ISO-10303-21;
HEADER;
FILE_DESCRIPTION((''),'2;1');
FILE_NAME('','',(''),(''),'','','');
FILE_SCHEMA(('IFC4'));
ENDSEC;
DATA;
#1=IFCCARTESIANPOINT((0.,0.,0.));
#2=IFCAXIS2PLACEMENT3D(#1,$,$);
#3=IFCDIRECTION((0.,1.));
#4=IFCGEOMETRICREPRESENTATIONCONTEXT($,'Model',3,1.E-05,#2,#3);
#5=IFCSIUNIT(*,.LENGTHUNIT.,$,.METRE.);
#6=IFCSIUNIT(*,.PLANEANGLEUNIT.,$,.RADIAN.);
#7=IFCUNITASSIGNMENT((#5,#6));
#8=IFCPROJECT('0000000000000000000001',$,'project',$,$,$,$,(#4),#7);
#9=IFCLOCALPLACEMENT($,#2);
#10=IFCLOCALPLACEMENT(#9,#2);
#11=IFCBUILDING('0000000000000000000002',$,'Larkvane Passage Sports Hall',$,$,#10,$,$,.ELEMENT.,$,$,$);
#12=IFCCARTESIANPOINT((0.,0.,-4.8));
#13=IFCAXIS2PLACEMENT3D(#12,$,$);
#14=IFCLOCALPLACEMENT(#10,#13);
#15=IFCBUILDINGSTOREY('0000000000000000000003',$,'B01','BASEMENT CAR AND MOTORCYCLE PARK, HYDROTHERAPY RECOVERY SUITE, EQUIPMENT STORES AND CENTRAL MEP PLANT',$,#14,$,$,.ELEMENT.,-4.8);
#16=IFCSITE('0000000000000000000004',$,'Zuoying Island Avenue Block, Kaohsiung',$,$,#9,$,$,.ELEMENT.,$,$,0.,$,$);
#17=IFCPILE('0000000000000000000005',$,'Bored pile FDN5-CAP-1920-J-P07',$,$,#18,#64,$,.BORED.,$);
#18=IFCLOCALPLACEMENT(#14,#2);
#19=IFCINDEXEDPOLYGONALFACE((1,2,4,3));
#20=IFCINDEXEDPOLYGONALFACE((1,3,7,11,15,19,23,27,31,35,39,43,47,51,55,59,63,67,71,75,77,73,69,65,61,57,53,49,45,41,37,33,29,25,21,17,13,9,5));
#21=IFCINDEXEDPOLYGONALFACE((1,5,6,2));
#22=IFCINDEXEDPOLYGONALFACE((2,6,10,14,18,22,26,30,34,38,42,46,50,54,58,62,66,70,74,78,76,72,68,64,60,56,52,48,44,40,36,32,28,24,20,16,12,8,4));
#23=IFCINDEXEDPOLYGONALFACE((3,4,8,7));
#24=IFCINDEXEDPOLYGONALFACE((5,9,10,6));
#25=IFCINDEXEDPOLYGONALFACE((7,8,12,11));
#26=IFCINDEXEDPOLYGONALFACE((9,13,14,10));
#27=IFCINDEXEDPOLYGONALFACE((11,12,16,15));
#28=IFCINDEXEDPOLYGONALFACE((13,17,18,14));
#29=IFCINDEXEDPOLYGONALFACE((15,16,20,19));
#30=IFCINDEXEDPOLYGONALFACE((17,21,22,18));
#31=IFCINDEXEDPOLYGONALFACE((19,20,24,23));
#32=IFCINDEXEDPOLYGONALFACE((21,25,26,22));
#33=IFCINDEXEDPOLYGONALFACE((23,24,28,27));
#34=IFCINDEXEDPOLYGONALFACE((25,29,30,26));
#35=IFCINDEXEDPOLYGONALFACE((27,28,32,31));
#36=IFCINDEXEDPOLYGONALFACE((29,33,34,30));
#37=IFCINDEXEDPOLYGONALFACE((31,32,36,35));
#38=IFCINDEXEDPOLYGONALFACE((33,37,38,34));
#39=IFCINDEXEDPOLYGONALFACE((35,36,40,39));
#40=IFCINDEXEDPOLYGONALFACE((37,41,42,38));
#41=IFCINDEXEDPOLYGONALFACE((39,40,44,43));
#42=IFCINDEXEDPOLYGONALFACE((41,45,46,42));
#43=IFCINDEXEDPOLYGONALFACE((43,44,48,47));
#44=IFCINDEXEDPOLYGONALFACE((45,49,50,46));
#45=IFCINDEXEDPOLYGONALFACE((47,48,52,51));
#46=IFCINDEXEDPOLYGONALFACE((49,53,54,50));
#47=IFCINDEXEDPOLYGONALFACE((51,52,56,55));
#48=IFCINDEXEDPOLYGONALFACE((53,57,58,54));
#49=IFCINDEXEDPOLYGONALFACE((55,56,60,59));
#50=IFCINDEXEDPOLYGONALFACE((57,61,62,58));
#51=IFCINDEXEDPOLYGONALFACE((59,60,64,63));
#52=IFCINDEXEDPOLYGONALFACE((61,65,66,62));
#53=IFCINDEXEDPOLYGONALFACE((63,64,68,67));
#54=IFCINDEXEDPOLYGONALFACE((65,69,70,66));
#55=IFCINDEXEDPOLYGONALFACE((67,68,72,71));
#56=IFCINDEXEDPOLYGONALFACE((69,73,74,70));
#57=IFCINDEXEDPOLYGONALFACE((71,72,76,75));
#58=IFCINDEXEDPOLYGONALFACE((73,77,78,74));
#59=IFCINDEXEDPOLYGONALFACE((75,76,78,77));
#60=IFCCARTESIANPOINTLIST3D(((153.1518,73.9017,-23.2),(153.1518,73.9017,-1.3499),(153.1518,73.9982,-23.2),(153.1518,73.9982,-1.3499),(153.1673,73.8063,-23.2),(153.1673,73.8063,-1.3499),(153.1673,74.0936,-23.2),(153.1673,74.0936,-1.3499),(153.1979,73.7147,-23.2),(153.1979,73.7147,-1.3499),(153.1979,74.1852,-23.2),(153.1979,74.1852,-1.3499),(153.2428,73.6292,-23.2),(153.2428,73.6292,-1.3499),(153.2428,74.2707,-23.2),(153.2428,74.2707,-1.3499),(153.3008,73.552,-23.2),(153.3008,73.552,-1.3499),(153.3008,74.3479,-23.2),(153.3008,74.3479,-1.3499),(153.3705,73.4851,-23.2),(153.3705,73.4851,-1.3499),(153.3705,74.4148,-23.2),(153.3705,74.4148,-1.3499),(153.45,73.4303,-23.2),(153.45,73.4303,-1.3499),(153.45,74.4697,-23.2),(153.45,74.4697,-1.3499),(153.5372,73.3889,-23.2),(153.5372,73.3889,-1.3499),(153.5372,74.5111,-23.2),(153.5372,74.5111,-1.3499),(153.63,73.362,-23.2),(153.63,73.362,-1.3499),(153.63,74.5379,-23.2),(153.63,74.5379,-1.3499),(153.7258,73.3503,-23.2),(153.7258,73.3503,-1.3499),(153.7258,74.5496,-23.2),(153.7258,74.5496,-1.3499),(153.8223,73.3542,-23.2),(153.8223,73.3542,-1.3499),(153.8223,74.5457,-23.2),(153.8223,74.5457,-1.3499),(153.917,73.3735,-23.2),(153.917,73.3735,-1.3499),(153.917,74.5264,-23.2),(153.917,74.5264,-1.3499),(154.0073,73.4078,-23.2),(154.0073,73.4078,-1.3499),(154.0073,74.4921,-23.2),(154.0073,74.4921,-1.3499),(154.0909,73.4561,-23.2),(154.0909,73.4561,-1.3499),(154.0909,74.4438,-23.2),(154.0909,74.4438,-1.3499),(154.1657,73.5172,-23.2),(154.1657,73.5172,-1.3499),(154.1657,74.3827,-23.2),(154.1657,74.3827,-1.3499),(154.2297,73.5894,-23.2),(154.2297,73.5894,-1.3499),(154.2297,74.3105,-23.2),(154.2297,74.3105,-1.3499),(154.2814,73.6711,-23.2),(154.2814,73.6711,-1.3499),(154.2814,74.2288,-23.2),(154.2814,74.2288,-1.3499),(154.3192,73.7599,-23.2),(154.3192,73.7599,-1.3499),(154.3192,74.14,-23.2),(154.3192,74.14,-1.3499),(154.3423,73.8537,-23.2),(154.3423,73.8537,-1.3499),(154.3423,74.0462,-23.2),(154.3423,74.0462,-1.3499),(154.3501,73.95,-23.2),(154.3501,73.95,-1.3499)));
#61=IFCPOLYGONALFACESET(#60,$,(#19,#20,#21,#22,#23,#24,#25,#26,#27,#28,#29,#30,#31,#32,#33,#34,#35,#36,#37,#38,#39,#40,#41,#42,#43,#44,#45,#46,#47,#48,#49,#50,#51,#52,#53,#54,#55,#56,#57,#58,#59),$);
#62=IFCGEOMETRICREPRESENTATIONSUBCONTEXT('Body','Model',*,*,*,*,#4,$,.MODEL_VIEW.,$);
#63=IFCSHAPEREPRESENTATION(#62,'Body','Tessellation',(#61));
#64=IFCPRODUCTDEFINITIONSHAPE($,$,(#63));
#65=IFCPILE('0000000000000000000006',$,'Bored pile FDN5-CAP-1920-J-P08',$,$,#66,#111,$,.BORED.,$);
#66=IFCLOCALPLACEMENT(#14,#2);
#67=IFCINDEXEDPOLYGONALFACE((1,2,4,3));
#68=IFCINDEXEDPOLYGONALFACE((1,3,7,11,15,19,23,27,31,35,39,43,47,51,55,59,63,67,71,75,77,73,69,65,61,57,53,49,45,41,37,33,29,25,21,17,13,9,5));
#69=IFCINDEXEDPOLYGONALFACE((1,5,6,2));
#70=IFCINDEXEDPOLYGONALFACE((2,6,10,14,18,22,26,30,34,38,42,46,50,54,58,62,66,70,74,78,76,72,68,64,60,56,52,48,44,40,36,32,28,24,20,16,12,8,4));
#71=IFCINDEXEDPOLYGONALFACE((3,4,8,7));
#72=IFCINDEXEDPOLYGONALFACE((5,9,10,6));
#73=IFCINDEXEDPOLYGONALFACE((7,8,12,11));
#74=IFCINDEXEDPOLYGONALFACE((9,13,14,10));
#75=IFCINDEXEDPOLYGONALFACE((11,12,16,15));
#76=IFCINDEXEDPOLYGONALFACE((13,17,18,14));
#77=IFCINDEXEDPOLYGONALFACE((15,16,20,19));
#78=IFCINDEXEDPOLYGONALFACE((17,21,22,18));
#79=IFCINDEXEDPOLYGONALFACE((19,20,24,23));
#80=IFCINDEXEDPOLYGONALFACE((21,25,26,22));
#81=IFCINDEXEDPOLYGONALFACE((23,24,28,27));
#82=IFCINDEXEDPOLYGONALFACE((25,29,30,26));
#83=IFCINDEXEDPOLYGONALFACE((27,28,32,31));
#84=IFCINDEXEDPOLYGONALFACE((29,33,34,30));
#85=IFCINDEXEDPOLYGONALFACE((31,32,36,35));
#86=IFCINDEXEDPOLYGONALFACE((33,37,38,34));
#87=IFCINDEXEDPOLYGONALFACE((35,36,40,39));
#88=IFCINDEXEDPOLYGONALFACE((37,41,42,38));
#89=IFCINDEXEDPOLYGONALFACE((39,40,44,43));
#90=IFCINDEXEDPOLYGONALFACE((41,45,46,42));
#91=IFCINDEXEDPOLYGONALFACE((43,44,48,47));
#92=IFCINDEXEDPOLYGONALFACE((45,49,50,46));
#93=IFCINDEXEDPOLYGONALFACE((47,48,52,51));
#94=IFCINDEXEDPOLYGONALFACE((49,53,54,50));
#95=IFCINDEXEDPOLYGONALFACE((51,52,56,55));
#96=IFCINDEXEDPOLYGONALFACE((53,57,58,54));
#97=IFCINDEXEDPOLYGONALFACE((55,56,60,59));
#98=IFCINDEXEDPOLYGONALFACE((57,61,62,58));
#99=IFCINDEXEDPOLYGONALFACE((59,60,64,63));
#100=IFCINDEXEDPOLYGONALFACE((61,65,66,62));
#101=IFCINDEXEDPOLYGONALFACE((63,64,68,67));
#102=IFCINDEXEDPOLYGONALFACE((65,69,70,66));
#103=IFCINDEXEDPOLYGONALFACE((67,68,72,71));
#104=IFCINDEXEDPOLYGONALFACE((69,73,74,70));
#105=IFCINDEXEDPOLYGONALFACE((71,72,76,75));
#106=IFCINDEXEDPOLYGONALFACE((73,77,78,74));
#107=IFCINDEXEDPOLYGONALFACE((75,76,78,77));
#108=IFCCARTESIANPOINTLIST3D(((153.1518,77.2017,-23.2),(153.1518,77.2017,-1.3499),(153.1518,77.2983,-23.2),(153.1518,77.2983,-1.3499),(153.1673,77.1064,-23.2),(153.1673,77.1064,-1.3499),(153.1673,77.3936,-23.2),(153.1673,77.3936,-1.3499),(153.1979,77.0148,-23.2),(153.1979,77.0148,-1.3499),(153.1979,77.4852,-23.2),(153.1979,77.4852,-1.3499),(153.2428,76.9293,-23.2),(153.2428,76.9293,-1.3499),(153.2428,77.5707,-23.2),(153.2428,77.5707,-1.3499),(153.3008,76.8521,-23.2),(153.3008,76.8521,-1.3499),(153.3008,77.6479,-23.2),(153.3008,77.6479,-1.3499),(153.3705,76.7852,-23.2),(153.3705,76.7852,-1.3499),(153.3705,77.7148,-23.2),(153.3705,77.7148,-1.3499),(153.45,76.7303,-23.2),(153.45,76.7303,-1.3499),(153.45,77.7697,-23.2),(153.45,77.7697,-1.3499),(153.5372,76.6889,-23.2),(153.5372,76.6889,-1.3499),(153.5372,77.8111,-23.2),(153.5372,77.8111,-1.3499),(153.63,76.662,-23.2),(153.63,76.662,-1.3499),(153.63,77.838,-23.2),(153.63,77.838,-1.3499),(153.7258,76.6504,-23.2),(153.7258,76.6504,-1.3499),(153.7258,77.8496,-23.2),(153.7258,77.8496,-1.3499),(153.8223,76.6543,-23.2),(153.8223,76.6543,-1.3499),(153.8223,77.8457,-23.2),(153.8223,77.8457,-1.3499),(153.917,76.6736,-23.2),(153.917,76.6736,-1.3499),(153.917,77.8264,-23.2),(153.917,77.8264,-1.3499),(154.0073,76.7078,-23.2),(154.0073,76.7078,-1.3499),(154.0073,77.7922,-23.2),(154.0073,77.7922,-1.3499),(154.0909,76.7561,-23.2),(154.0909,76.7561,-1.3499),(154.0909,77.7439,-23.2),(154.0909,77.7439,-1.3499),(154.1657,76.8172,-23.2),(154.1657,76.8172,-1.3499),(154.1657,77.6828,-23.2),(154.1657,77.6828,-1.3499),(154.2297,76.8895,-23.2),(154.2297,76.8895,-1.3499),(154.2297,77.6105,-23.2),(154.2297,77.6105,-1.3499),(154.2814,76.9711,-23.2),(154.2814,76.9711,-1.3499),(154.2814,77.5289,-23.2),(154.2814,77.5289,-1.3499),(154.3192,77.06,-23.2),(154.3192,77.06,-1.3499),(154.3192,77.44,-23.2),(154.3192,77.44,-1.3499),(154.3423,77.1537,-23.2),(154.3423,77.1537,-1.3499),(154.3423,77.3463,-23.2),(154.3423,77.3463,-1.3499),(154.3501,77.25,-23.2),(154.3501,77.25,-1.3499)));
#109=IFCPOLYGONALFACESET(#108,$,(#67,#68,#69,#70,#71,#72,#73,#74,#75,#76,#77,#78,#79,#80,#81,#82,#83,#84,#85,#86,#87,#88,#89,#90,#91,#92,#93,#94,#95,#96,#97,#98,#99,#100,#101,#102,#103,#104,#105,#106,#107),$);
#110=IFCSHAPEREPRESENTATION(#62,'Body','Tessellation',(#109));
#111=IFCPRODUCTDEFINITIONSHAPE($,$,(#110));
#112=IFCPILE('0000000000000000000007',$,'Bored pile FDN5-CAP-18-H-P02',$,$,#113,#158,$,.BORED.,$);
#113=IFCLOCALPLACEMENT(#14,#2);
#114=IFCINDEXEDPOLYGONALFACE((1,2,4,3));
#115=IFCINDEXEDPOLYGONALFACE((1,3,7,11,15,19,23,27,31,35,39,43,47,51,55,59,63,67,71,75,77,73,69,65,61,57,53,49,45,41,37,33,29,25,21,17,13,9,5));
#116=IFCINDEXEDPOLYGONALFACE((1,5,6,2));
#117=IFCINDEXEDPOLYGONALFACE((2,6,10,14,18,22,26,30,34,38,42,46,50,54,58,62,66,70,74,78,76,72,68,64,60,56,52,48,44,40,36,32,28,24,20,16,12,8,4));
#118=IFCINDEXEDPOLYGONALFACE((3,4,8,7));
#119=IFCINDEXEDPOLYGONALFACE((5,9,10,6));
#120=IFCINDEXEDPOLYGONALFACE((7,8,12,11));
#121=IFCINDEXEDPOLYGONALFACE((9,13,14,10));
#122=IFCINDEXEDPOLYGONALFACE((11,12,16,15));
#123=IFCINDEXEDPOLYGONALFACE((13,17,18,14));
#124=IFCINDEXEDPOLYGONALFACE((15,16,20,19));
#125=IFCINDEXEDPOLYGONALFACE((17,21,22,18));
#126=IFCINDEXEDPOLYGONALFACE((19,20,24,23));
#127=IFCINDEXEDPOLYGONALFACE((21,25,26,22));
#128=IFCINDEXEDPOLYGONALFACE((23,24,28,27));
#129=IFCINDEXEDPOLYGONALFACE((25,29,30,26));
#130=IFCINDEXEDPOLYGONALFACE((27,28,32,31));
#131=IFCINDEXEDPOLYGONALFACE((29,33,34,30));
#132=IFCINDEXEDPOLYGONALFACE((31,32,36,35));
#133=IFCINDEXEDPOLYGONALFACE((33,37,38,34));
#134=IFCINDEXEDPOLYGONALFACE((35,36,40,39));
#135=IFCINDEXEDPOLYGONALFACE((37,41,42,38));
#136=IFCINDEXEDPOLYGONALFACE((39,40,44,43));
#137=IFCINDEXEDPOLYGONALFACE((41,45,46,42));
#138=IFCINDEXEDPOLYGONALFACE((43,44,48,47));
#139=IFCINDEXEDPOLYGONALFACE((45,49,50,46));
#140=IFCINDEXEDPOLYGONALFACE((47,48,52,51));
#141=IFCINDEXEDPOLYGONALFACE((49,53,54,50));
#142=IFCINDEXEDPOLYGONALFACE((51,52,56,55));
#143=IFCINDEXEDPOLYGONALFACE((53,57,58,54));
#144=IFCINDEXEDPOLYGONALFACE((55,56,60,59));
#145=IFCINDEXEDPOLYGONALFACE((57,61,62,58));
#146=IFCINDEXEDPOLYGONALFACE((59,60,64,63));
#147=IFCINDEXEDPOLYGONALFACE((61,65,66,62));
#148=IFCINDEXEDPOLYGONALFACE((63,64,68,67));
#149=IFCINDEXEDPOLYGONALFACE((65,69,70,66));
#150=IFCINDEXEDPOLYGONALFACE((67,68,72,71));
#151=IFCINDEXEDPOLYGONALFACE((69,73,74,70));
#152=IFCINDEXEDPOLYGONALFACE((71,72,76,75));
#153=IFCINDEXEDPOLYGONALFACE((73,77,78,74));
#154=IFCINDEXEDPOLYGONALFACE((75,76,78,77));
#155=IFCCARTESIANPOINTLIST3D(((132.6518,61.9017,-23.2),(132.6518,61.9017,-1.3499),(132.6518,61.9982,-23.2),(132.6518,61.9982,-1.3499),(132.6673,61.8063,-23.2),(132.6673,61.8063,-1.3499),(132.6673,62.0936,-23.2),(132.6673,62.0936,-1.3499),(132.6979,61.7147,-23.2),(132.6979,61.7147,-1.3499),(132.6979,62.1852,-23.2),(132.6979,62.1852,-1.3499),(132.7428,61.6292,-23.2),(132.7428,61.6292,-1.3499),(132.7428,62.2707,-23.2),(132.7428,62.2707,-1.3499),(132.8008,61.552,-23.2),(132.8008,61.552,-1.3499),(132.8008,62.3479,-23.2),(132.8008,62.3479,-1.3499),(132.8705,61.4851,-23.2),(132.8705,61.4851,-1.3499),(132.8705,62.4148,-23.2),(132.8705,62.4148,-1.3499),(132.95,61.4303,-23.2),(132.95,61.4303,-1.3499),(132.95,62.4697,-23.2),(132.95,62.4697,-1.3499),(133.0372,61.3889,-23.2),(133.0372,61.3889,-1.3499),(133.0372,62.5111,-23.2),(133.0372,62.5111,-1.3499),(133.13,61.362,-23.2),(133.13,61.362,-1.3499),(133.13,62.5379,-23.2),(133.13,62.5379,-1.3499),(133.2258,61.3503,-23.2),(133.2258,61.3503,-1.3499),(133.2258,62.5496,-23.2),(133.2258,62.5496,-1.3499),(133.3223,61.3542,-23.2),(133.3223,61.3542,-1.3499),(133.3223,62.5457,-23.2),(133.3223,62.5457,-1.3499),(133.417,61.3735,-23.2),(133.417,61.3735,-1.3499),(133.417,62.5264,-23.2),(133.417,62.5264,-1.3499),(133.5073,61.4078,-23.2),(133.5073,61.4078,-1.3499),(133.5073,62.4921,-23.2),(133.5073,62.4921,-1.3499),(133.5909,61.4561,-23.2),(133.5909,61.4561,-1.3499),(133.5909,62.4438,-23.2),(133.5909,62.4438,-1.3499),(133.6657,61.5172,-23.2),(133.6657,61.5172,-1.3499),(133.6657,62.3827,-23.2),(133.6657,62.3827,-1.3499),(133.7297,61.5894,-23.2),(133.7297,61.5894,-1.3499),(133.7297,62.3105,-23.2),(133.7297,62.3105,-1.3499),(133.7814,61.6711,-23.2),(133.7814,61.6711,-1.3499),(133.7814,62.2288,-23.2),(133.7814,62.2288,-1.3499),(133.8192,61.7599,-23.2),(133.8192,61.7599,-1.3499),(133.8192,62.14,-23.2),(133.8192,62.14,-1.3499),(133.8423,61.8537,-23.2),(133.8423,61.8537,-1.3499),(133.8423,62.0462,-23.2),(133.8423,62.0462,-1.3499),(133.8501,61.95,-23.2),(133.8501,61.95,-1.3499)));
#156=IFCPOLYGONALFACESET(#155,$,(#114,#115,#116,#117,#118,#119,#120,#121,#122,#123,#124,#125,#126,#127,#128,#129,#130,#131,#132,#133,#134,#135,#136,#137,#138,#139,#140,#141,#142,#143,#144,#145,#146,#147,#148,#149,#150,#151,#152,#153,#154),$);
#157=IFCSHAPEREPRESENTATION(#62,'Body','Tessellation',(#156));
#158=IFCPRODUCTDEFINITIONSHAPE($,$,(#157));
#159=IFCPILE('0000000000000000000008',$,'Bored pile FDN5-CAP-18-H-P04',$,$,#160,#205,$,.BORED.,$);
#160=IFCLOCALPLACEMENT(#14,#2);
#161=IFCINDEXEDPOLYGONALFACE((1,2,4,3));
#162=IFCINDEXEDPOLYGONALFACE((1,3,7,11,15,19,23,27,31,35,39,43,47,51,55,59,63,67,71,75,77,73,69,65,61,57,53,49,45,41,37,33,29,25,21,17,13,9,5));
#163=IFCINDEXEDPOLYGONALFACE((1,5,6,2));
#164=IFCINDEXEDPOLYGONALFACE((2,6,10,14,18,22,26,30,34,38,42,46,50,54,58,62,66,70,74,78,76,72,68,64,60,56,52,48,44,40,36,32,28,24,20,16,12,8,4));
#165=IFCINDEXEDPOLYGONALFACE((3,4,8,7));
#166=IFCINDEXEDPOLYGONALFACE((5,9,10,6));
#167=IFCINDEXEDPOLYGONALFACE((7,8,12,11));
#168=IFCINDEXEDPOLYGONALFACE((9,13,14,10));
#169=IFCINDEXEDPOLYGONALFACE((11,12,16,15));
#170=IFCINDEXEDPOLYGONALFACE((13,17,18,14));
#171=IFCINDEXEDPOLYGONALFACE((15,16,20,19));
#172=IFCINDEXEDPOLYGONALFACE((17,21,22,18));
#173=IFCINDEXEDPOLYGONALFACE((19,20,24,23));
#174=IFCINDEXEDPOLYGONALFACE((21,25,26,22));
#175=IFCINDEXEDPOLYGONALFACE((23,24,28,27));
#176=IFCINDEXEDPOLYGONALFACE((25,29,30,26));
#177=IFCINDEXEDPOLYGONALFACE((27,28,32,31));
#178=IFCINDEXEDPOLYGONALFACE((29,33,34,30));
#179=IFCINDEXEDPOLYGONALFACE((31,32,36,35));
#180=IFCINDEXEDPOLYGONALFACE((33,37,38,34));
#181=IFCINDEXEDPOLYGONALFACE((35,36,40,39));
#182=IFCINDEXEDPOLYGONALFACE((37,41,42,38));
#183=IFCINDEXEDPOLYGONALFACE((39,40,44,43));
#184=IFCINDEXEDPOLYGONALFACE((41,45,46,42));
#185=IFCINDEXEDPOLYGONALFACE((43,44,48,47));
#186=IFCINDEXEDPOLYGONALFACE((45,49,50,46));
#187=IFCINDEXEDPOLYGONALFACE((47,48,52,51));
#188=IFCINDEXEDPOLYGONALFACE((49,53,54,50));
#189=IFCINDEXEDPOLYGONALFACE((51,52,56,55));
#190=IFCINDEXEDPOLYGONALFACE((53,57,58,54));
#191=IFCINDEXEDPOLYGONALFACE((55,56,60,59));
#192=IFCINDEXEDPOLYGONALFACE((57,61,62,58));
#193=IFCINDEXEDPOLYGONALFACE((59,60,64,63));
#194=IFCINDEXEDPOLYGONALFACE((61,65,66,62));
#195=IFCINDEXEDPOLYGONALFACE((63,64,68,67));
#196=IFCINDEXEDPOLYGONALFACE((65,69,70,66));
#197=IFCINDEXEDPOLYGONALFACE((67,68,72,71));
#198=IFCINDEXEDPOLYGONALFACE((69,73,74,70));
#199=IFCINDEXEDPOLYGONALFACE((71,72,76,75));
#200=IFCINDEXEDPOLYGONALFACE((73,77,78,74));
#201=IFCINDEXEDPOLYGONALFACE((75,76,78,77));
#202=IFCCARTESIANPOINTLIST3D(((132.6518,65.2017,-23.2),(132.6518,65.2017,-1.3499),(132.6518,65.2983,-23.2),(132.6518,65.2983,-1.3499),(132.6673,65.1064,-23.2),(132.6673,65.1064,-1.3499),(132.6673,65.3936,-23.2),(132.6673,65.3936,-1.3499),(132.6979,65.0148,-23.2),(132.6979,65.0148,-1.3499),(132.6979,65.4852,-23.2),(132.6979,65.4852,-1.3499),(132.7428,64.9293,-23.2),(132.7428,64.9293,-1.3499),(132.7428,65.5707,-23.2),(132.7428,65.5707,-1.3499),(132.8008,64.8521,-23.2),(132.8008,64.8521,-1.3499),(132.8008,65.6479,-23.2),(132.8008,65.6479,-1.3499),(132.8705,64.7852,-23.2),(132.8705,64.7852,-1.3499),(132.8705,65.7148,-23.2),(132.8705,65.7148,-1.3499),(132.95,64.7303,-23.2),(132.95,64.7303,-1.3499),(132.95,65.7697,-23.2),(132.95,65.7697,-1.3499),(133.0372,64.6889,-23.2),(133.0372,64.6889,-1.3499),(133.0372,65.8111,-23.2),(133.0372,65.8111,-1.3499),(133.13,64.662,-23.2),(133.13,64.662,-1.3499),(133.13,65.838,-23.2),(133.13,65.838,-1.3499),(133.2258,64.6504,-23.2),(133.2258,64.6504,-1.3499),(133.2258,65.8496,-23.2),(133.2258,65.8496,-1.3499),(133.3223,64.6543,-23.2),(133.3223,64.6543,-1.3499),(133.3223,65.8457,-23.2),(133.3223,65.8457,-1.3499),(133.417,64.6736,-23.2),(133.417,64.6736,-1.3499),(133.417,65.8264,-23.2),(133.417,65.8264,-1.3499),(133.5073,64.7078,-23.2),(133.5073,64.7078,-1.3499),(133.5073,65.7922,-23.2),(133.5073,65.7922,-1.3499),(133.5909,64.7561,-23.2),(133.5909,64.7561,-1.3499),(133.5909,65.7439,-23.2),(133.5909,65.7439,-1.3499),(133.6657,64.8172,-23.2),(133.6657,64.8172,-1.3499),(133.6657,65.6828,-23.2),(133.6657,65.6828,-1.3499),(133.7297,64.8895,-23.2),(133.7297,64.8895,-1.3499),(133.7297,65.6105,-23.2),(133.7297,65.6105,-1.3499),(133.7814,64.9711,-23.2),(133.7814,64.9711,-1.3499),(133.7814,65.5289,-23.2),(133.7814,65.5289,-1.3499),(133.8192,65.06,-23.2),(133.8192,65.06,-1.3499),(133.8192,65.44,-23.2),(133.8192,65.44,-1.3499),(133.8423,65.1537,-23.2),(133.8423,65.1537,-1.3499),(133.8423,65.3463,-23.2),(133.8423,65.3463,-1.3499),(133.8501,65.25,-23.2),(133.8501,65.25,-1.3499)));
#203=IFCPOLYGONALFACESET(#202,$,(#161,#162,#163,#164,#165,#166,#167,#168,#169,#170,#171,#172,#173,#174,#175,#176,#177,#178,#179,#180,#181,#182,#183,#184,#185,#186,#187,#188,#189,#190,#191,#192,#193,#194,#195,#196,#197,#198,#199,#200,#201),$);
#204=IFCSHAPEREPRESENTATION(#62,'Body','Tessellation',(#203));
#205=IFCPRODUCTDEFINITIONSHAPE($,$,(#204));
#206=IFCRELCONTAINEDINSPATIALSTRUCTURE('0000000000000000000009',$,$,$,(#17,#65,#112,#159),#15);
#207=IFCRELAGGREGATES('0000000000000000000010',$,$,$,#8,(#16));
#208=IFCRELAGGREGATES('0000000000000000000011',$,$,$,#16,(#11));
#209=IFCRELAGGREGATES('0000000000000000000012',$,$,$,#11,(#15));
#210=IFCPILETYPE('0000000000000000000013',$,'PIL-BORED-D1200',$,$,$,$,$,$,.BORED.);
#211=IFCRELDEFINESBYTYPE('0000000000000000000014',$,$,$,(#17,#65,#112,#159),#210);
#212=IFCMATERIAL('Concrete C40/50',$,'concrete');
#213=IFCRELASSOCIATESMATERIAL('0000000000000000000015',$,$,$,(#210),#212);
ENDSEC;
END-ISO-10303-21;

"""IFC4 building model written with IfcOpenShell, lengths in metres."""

from ifc_helpers import new_model, si_unit, direction, frame, origin, origin_2d, place, context, subcontext, project, spatial, circle, extrude, material, material_profile, profile_set, type_object, element, save


model = new_model("IFC4")

# Units and contexts
model_context = context("Model", 3, precision=1e-05, world=origin(), true_north=direction((0.0, 1.0)))
body_context = subcontext(model_context, "Body", "Model", "MODEL_VIEW")
ifc_project = project(units=[si_unit("LENGTHUNIT", "METRE"), si_unit("PLANEANGLEUNIT", "RADIAN")], contexts=[model_context])

# Site, building, storey
site_placement = place(None, origin())
site = spatial("IfcSite", under=ifc_project, at=site_placement, Name="Zuoying Island Avenue Block, Kaohsiung", CompositionType="ELEMENT", RefElevation=0.0)
building_placement = place(site_placement, origin())
building = spatial("IfcBuilding", under=site, at=building_placement, Name="Larkvane Passage Sports Hall", CompositionType="ELEMENT")
storey_placement = place(building_placement, frame((0.0, 0.0, -4.8)))
storey = spatial("IfcBuildingStorey", under=building, at=storey_placement, Name="B01", Description="BASEMENT CAR AND MOTORCYCLE PARK, HYDROTHERAPY RECOVERY SUITE, EQUIPMENT STORES AND CENTRAL MEP PLANT", CompositionType="ELEMENT", Elevation=-4.8)

# Shared definitions
ifc_material_1 = material(Name="Concrete C40/50", Category="concrete")

# Piles
ifc_material_profile_1 = material_profile(ifc_material_1, circle(Radius=0.6001, at=origin_2d()), Name="PILE-D1200")
ifc_profile_set_1 = profile_set([ifc_material_profile_1], Name="Concrete C40/50")
pile_type_1 = type_object("IfcPileType", Name="PIL-BORED-D1200", PredefinedType="BORED", material=ifc_profile_set_1)
for number, where, z_axis, x_axis, name in (
    (1, (153.75, 73.95, -1.3499), (0.0, 0.0, -1.0), (1.0, 0.0, 0.0), "Bored pile FDN5-CAP-1920-J-P07"),
    (2, (153.75, 77.25, -1.3499), (0.0, 0.0, -1.0), (1.0, 0.0, 0.0), "Bored pile FDN5-CAP-1920-J-P08"),
    (3, (133.25, 61.95, -1.3499), (0.0, 0.0, -1.0), (1.0, 0.0, 0.0), "Bored pile FDN5-CAP-18-H-P02"),
    (4, (133.25, 65.25, -1.3499), (0.0, 0.0, -1.0), (1.0, 0.0, 0.0), "Bored pile FDN5-CAP-18-H-P04"),
):
    element("IfcPile", number, at=place(storey_placement, frame(where, z_axis=z_axis, x_axis=x_axis)), inside=storey, type_object=pile_type_1, Name=name, PredefinedType="BORED", context=body_context, shape_type="SweptSolid", body=[
        extrude(circle(Radius=0.6001, at=origin_2d()), origin(), (0.0, 0.0, 1.0), 21.8501),
    ])

save(model, "model.ifc")
